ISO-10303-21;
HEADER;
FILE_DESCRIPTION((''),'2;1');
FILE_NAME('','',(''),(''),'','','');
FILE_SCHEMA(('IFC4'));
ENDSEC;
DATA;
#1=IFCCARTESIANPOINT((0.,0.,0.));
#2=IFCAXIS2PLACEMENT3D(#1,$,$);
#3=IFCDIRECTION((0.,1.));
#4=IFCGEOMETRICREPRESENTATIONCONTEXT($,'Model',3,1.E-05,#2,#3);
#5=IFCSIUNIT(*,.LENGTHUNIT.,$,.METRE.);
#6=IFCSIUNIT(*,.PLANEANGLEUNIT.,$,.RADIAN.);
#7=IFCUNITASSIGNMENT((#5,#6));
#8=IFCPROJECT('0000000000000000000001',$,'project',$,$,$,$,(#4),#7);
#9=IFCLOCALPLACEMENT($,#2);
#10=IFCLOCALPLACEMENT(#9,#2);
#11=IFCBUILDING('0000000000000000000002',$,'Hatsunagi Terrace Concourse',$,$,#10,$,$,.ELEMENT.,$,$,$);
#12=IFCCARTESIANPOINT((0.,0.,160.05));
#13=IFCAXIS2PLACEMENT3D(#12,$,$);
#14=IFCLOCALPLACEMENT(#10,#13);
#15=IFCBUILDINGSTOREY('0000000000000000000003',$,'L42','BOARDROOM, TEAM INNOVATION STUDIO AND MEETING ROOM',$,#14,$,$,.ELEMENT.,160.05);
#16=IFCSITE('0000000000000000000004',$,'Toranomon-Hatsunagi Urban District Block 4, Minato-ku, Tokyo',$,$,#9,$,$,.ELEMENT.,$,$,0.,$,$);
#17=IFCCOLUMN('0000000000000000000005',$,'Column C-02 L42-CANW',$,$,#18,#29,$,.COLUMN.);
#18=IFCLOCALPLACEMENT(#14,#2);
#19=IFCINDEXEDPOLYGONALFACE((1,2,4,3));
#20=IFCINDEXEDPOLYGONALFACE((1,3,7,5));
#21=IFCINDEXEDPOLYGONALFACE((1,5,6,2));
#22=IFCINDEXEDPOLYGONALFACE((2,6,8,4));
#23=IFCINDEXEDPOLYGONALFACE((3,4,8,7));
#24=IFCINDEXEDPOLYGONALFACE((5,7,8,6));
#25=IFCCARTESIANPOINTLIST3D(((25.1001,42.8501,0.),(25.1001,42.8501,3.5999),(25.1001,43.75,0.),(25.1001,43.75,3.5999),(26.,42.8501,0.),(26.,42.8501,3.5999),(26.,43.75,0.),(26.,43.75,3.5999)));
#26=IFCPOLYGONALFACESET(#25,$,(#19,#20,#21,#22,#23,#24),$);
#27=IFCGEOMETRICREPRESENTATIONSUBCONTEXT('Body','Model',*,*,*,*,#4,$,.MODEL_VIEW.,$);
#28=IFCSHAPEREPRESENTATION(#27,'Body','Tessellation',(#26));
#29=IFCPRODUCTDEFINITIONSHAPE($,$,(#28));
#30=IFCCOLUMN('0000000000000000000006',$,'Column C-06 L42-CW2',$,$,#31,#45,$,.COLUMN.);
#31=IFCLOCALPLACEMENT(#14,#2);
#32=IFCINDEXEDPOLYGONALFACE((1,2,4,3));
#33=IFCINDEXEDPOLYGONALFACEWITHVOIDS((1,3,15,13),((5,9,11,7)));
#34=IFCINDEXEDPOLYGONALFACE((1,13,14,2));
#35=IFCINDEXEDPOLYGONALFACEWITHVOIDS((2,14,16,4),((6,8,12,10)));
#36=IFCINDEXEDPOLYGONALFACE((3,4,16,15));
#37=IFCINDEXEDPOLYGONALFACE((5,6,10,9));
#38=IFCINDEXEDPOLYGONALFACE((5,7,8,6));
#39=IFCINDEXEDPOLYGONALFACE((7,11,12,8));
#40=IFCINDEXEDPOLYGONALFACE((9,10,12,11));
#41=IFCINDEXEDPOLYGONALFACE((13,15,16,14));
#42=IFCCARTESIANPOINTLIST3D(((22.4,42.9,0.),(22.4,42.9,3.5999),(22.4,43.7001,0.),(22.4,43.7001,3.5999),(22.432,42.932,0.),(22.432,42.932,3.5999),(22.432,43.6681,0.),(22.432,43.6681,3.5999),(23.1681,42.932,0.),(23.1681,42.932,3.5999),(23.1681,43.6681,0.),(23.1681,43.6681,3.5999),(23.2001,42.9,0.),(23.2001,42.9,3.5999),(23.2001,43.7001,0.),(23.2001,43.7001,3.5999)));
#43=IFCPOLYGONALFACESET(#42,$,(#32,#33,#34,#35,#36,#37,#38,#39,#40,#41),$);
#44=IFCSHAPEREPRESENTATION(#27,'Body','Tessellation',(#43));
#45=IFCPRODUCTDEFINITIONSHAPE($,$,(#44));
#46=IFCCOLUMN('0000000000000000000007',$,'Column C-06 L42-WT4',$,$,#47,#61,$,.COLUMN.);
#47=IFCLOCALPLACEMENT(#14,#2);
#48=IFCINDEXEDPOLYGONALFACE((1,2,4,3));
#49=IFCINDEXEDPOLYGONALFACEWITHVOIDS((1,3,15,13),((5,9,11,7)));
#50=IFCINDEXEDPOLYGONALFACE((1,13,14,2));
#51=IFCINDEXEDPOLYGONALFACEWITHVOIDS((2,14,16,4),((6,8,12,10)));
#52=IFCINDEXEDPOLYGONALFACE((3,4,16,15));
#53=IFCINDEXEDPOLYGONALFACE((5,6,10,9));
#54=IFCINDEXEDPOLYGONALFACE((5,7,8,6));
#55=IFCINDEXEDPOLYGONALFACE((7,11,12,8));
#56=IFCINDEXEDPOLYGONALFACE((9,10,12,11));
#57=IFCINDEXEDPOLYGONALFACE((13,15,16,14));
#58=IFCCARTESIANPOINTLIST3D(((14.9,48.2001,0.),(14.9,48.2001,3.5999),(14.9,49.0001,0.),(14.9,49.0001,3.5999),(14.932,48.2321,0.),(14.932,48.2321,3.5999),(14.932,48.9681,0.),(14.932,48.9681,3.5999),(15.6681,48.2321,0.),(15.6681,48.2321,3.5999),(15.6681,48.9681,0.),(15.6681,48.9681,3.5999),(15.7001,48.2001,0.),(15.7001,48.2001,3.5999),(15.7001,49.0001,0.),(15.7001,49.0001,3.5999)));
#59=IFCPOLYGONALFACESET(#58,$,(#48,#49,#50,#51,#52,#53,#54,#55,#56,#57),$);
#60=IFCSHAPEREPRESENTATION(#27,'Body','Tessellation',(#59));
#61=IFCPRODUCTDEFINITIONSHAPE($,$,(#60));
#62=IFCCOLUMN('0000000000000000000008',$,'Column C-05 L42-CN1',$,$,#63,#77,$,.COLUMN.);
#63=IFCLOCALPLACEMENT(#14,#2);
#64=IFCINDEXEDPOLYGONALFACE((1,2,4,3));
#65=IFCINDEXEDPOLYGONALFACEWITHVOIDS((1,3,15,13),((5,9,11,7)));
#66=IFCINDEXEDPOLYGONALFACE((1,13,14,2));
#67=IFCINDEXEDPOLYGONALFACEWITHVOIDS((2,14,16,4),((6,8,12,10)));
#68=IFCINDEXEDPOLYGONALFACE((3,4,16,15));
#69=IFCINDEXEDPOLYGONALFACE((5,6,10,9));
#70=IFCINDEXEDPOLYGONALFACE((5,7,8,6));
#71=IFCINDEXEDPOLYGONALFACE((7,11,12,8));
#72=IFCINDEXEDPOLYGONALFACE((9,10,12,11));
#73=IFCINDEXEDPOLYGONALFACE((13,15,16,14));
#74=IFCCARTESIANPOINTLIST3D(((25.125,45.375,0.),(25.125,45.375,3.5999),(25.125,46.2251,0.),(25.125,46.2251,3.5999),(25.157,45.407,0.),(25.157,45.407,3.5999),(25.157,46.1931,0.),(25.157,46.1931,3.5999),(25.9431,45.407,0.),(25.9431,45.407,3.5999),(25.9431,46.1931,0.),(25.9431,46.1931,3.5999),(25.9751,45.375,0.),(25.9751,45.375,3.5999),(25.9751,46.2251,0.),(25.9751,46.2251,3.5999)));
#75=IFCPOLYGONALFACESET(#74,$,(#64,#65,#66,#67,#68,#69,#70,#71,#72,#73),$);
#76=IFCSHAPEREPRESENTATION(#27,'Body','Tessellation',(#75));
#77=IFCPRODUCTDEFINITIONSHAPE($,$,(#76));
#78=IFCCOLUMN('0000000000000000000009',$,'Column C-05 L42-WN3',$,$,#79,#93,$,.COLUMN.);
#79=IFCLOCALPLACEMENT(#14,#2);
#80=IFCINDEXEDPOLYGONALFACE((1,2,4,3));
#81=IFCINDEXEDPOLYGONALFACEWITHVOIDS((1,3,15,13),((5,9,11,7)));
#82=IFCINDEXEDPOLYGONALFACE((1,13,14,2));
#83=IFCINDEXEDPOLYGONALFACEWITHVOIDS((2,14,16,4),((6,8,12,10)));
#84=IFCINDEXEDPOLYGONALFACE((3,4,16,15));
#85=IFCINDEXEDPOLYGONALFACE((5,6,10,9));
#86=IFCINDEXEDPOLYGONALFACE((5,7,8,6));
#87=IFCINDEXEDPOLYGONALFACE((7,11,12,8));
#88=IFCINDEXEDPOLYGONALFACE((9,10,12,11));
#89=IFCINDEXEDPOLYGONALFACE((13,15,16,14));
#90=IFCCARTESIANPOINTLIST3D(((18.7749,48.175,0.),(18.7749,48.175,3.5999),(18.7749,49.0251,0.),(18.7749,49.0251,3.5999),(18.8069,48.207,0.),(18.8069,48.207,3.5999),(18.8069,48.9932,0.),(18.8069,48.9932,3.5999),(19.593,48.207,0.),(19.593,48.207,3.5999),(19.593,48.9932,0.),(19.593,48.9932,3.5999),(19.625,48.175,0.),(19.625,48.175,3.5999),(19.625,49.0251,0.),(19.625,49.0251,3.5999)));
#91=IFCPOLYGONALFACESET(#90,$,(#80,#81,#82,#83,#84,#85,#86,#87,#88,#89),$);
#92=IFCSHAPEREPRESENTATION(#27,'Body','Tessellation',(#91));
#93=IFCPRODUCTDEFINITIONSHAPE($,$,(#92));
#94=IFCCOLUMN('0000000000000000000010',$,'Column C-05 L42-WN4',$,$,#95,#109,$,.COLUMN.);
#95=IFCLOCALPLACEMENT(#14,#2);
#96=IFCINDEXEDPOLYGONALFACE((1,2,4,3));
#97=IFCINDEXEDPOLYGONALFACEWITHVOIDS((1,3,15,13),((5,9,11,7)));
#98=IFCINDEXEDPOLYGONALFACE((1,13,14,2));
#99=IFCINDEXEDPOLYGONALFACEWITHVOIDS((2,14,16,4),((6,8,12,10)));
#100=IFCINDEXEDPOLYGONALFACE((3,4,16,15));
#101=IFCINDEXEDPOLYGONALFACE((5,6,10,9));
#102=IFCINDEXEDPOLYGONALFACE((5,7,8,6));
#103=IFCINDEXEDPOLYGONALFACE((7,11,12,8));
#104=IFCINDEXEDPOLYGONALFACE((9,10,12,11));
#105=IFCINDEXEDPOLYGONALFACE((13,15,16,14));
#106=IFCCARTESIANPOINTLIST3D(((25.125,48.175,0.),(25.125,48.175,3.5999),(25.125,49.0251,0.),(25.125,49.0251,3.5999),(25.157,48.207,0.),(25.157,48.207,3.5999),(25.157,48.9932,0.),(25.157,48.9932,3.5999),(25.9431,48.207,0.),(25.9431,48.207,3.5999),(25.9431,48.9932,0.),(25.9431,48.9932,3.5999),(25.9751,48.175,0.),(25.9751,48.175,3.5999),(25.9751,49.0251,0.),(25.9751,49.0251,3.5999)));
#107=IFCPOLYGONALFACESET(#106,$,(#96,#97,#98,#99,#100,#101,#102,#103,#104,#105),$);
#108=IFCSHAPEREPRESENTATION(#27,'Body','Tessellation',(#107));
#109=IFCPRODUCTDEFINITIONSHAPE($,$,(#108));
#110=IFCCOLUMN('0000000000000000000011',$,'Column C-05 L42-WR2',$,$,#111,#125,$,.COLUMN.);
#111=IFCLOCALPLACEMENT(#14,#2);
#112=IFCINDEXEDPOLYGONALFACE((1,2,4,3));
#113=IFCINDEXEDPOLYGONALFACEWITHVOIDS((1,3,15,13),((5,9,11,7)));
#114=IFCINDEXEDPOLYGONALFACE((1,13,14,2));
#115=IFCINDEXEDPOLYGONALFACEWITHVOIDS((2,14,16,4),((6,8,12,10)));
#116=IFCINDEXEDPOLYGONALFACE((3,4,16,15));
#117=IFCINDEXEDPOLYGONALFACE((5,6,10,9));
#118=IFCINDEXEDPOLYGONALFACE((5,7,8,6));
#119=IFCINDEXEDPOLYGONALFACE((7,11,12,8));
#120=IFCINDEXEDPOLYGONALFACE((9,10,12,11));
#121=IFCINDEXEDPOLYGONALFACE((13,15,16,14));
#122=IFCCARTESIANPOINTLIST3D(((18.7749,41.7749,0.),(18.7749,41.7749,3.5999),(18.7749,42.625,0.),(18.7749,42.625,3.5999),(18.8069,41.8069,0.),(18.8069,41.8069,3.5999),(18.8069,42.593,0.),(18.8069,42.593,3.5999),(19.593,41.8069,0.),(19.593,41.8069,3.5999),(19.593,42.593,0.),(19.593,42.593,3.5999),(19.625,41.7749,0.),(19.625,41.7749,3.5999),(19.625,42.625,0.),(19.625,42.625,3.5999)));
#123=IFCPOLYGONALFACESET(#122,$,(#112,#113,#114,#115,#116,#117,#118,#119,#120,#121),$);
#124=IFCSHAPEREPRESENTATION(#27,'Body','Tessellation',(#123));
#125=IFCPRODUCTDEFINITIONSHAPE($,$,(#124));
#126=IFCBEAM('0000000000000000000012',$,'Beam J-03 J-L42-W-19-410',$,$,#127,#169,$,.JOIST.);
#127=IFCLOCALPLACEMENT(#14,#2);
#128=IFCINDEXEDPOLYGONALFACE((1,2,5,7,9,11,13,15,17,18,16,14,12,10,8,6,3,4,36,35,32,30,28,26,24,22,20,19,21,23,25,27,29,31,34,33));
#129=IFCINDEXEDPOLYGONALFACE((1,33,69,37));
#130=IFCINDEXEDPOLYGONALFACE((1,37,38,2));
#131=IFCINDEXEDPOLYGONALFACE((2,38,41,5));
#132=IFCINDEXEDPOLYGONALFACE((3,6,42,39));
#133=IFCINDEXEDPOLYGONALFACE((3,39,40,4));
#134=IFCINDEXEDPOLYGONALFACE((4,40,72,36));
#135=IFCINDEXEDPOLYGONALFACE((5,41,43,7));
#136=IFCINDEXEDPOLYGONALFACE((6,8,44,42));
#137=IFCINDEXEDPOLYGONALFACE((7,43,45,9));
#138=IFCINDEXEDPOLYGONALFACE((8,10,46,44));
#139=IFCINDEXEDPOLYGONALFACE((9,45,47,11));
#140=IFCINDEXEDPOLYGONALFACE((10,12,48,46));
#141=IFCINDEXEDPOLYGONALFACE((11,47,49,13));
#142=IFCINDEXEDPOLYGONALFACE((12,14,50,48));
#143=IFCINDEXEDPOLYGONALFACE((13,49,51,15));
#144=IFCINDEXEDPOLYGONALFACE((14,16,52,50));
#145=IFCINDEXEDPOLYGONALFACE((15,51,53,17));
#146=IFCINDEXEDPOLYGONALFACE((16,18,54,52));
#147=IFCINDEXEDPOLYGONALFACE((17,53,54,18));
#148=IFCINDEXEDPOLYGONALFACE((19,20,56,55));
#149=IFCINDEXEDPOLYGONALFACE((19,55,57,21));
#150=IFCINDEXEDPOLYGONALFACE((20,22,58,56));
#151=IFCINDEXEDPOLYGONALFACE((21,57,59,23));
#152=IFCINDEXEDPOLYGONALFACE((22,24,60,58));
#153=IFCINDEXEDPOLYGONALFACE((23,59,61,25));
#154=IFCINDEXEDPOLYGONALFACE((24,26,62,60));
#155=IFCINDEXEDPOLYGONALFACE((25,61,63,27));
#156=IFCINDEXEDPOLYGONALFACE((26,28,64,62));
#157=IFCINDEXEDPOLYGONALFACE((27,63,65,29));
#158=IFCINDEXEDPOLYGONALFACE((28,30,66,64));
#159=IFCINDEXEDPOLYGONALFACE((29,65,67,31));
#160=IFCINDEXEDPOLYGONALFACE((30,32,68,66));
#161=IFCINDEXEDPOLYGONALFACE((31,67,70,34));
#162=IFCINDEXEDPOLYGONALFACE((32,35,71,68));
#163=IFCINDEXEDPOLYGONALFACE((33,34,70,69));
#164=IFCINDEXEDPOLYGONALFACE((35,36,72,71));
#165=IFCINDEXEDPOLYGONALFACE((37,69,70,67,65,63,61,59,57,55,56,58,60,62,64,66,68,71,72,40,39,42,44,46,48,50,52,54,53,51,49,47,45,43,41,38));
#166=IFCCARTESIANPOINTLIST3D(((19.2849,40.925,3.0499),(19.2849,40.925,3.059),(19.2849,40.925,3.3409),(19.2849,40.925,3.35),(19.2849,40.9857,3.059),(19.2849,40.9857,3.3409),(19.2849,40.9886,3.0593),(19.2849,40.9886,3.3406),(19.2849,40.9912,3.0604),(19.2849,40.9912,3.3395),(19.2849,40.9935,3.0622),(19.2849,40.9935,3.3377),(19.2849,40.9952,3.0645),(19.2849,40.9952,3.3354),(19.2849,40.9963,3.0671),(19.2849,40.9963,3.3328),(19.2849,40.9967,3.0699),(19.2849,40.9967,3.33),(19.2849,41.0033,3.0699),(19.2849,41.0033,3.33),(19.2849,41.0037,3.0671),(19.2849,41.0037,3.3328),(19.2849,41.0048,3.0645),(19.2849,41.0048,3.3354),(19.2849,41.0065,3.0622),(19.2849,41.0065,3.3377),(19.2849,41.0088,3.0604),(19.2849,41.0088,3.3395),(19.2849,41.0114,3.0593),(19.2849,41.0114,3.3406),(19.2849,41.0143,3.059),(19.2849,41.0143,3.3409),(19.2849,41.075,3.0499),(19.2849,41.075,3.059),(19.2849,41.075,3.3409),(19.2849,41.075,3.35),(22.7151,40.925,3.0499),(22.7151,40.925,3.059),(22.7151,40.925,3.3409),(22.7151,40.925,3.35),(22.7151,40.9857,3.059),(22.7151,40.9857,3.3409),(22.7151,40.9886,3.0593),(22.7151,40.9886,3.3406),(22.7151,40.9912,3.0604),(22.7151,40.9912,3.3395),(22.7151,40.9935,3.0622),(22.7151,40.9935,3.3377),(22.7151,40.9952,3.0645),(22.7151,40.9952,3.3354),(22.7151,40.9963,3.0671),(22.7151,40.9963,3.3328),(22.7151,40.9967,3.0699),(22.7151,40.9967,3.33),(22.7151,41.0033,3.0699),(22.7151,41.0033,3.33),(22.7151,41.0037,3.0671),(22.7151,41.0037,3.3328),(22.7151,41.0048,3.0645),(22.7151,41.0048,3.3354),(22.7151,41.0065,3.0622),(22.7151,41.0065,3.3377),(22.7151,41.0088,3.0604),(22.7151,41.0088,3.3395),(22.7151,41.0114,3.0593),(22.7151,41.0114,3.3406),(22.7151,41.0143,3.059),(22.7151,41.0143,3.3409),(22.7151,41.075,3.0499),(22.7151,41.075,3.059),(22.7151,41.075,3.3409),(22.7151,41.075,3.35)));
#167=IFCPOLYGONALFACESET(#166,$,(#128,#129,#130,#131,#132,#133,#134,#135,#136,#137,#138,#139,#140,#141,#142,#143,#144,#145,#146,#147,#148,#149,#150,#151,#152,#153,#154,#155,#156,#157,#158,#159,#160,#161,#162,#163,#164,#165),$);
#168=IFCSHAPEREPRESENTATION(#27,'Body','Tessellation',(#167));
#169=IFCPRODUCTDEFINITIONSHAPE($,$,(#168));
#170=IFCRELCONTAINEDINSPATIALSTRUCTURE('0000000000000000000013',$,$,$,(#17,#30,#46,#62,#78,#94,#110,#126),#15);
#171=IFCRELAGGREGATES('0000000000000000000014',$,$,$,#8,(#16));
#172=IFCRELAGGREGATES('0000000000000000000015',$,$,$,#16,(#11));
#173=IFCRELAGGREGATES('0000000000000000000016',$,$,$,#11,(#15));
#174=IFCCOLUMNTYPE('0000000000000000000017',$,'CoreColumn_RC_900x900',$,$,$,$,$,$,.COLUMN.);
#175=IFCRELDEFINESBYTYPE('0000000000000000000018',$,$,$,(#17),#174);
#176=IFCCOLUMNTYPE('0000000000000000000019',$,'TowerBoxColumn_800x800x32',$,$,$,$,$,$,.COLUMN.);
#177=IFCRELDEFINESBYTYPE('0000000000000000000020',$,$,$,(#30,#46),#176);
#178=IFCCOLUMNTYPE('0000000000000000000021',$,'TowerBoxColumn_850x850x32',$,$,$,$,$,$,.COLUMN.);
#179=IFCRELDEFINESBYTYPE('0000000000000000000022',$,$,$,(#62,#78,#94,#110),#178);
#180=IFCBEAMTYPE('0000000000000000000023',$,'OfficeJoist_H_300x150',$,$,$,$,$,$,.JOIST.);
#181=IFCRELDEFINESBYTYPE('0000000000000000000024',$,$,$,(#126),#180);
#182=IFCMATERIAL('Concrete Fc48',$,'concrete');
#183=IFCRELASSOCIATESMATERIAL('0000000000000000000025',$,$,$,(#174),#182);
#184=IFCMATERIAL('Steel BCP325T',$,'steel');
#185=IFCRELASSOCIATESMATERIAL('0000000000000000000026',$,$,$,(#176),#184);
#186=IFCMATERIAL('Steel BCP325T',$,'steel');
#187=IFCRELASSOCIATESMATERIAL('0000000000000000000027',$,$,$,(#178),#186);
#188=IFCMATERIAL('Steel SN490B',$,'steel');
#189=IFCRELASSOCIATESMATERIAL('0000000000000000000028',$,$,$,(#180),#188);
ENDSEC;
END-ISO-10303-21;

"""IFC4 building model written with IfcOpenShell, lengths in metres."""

from ifc_helpers import new_model, si_unit, direction, frame, origin, origin_2d, place, context, subcontext, project, spatial, rectangle, hollow_rectangle, i_section, extrude, material, material_profile, profile_set, type_object, element, save


model = new_model("IFC4")

# Units and contexts
model_context = context("Model", 3, precision=1e-05, world=origin(), true_north=direction((0.0, 1.0)))
body_context = subcontext(model_context, "Body", "Model", "MODEL_VIEW")
ifc_project = project(units=[si_unit("LENGTHUNIT", "METRE"), si_unit("PLANEANGLEUNIT", "RADIAN")], contexts=[model_context])

# Site, building, storey
site_placement = place(None, origin())
site = spatial("IfcSite", under=ifc_project, at=site_placement, Name="Toranomon-Hatsunagi Urban District Block 4, Minato-ku, Tokyo", CompositionType="ELEMENT", RefElevation=0.0)
building_placement = place(site_placement, origin())
building = spatial("IfcBuilding", under=site, at=building_placement, Name="Hatsunagi Terrace Concourse", CompositionType="ELEMENT")
storey_placement = place(building_placement, frame((0.0, 0.0, 160.05)))
storey = spatial("IfcBuildingStorey", under=building, at=storey_placement, Name="L42", Description="BOARDROOM, TEAM INNOVATION STUDIO AND MEETING ROOM", CompositionType="ELEMENT", Elevation=160.05)

# Columns
ifc_material_1 = material(Name="Concrete Fc48", Category="concrete")
ifc_material_profile_1 = material_profile(ifc_material_1, rectangle(XDim=0.8999, YDim=0.8999, at=origin_2d()), Name="RC-900x900")
ifc_profile_set_1 = profile_set([ifc_material_profile_1], Name="Concrete Fc48")
column_type_1 = type_object("IfcColumnType", Name="CoreColumn_RC_900x900", PredefinedType="COLUMN", material=ifc_profile_set_1)
column_placement = place(storey_placement, frame((25.55, 43.3, 0.0), z_axis=(0.0, 0.0, 1.0), x_axis=(1.0, 0.0, 0.0)))
element("IfcColumn", 1, at=column_placement, inside=storey, type_object=column_type_1, Name="Column C-02 L42-CANW", PredefinedType="COLUMN", context=body_context, shape_type="SweptSolid", body=[
    extrude(rectangle(XDim=0.8999, YDim=0.8999, at=origin_2d()), origin(), (0.0, 0.0, 1.0), 3.5999),
])
ifc_material_2 = material(Name="Steel BCP325T", Category="steel")
ifc_material_profile_2 = material_profile(ifc_material_2, hollow_rectangle(XDim=0.8, YDim=0.8, WallThickness=0.032, at=origin_2d()), Name="BCP-800x800x32")
ifc_profile_set_2 = profile_set([ifc_material_profile_2], Name="Steel BCP325T")
column_type_2 = type_object("IfcColumnType", Name="TowerBoxColumn_800x800x32", PredefinedType="COLUMN", material=ifc_profile_set_2)
for number, where, z_axis, x_axis, name in (
    (2, (22.8, 43.3, 0.0), (0.0, 0.0, 1.0), (1.0, 0.0, 0.0), "Column C-06 L42-CW2"),
    (3, (15.3, 48.6001, 0.0), (0.0, 0.0, 1.0), (1.0, 0.0, 0.0), "Column C-06 L42-WT4"),
):
    element("IfcColumn", number, at=place(storey_placement, frame(where, z_axis=z_axis, x_axis=x_axis)), inside=storey, type_object=column_type_2, Name=name, PredefinedType="COLUMN", context=body_context, shape_type="SweptSolid", body=[
        extrude(hollow_rectangle(XDim=0.8, YDim=0.8, WallThickness=0.032, at=origin_2d()), origin(), (0.0, 0.0, 1.0), 3.5999),
    ])
ifc_material_3 = material(Name="Steel BCP325T", Category="steel")
ifc_material_profile_3 = material_profile(ifc_material_3, hollow_rectangle(XDim=0.8501, YDim=0.8501, WallThickness=0.032, at=origin_2d()), Name="BCP-850x850x32")
ifc_profile_set_3 = profile_set([ifc_material_profile_3], Name="Steel BCP325T")
column_type_3 = type_object("IfcColumnType", Name="TowerBoxColumn_850x850x32", PredefinedType="COLUMN", material=ifc_profile_set_3)
for number, where, z_axis, x_axis, name in (
    (4, (25.55, 45.8, 0.0), (0.0, 0.0, 1.0), (1.0, 0.0, 0.0), "Column C-05 L42-CN1"),
    (5, (19.2, 48.6001, 0.0), (0.0, 0.0, 1.0), (1.0, 0.0, 0.0), "Column C-05 L42-WN3"),
    (6, (25.55, 48.6001, 0.0), (0.0, 0.0, 1.0), (1.0, 0.0, 0.0), "Column C-05 L42-WN4"),
    (7, (19.2, 42.2, 0.0), (0.0, 0.0, 1.0), (1.0, 0.0, 0.0), "Column C-05 L42-WR2"),
):
    element("IfcColumn", number, at=place(storey_placement, frame(where, z_axis=z_axis, x_axis=x_axis)), inside=storey, type_object=column_type_3, Name=name, PredefinedType="COLUMN", context=body_context, shape_type="SweptSolid", body=[
        extrude(hollow_rectangle(XDim=0.8501, YDim=0.8501, WallThickness=0.032, at=origin_2d()), origin(), (0.0, 0.0, 1.0), 3.5999),
    ])

# Beam
ifc_material_4 = material(Name="Steel SN490B", Category="steel")
ifc_material_profile_4 = material_profile(ifc_material_4, i_section(OverallWidth=0.1499, OverallDepth=0.3, WebThickness=0.0066, FlangeThickness=0.009, FilletRadius=0.011, at=origin_2d()), Name="H-300x150x6.5x9")
ifc_profile_set_4 = profile_set([ifc_material_profile_4], Name="Steel SN490B")
beam_type_1 = type_object("IfcBeamType", Name="OfficeJoist_H_300x150", PredefinedType="JOIST", material=ifc_profile_set_4)
beam_1_placement = place(storey_placement, frame((19.2849, 41.0, 3.2), z_axis=(1.0, 0.0, 0.0), x_axis=(0.0, 1.0, 0.0)))
element("IfcBeam", 8, at=beam_1_placement, inside=storey, type_object=beam_type_1, Name="Beam J-03 J-L42-W-19-410", PredefinedType="JOIST", context=body_context, shape_type="SweptSolid", body=[
    extrude(i_section(OverallWidth=0.1499, OverallDepth=0.3, WebThickness=0.0066, FlangeThickness=0.009, FilletRadius=0.011, at=origin_2d()), origin(), (0.0, 0.0, 1.0), 3.4302),
])

save(model, "model.ifc")
